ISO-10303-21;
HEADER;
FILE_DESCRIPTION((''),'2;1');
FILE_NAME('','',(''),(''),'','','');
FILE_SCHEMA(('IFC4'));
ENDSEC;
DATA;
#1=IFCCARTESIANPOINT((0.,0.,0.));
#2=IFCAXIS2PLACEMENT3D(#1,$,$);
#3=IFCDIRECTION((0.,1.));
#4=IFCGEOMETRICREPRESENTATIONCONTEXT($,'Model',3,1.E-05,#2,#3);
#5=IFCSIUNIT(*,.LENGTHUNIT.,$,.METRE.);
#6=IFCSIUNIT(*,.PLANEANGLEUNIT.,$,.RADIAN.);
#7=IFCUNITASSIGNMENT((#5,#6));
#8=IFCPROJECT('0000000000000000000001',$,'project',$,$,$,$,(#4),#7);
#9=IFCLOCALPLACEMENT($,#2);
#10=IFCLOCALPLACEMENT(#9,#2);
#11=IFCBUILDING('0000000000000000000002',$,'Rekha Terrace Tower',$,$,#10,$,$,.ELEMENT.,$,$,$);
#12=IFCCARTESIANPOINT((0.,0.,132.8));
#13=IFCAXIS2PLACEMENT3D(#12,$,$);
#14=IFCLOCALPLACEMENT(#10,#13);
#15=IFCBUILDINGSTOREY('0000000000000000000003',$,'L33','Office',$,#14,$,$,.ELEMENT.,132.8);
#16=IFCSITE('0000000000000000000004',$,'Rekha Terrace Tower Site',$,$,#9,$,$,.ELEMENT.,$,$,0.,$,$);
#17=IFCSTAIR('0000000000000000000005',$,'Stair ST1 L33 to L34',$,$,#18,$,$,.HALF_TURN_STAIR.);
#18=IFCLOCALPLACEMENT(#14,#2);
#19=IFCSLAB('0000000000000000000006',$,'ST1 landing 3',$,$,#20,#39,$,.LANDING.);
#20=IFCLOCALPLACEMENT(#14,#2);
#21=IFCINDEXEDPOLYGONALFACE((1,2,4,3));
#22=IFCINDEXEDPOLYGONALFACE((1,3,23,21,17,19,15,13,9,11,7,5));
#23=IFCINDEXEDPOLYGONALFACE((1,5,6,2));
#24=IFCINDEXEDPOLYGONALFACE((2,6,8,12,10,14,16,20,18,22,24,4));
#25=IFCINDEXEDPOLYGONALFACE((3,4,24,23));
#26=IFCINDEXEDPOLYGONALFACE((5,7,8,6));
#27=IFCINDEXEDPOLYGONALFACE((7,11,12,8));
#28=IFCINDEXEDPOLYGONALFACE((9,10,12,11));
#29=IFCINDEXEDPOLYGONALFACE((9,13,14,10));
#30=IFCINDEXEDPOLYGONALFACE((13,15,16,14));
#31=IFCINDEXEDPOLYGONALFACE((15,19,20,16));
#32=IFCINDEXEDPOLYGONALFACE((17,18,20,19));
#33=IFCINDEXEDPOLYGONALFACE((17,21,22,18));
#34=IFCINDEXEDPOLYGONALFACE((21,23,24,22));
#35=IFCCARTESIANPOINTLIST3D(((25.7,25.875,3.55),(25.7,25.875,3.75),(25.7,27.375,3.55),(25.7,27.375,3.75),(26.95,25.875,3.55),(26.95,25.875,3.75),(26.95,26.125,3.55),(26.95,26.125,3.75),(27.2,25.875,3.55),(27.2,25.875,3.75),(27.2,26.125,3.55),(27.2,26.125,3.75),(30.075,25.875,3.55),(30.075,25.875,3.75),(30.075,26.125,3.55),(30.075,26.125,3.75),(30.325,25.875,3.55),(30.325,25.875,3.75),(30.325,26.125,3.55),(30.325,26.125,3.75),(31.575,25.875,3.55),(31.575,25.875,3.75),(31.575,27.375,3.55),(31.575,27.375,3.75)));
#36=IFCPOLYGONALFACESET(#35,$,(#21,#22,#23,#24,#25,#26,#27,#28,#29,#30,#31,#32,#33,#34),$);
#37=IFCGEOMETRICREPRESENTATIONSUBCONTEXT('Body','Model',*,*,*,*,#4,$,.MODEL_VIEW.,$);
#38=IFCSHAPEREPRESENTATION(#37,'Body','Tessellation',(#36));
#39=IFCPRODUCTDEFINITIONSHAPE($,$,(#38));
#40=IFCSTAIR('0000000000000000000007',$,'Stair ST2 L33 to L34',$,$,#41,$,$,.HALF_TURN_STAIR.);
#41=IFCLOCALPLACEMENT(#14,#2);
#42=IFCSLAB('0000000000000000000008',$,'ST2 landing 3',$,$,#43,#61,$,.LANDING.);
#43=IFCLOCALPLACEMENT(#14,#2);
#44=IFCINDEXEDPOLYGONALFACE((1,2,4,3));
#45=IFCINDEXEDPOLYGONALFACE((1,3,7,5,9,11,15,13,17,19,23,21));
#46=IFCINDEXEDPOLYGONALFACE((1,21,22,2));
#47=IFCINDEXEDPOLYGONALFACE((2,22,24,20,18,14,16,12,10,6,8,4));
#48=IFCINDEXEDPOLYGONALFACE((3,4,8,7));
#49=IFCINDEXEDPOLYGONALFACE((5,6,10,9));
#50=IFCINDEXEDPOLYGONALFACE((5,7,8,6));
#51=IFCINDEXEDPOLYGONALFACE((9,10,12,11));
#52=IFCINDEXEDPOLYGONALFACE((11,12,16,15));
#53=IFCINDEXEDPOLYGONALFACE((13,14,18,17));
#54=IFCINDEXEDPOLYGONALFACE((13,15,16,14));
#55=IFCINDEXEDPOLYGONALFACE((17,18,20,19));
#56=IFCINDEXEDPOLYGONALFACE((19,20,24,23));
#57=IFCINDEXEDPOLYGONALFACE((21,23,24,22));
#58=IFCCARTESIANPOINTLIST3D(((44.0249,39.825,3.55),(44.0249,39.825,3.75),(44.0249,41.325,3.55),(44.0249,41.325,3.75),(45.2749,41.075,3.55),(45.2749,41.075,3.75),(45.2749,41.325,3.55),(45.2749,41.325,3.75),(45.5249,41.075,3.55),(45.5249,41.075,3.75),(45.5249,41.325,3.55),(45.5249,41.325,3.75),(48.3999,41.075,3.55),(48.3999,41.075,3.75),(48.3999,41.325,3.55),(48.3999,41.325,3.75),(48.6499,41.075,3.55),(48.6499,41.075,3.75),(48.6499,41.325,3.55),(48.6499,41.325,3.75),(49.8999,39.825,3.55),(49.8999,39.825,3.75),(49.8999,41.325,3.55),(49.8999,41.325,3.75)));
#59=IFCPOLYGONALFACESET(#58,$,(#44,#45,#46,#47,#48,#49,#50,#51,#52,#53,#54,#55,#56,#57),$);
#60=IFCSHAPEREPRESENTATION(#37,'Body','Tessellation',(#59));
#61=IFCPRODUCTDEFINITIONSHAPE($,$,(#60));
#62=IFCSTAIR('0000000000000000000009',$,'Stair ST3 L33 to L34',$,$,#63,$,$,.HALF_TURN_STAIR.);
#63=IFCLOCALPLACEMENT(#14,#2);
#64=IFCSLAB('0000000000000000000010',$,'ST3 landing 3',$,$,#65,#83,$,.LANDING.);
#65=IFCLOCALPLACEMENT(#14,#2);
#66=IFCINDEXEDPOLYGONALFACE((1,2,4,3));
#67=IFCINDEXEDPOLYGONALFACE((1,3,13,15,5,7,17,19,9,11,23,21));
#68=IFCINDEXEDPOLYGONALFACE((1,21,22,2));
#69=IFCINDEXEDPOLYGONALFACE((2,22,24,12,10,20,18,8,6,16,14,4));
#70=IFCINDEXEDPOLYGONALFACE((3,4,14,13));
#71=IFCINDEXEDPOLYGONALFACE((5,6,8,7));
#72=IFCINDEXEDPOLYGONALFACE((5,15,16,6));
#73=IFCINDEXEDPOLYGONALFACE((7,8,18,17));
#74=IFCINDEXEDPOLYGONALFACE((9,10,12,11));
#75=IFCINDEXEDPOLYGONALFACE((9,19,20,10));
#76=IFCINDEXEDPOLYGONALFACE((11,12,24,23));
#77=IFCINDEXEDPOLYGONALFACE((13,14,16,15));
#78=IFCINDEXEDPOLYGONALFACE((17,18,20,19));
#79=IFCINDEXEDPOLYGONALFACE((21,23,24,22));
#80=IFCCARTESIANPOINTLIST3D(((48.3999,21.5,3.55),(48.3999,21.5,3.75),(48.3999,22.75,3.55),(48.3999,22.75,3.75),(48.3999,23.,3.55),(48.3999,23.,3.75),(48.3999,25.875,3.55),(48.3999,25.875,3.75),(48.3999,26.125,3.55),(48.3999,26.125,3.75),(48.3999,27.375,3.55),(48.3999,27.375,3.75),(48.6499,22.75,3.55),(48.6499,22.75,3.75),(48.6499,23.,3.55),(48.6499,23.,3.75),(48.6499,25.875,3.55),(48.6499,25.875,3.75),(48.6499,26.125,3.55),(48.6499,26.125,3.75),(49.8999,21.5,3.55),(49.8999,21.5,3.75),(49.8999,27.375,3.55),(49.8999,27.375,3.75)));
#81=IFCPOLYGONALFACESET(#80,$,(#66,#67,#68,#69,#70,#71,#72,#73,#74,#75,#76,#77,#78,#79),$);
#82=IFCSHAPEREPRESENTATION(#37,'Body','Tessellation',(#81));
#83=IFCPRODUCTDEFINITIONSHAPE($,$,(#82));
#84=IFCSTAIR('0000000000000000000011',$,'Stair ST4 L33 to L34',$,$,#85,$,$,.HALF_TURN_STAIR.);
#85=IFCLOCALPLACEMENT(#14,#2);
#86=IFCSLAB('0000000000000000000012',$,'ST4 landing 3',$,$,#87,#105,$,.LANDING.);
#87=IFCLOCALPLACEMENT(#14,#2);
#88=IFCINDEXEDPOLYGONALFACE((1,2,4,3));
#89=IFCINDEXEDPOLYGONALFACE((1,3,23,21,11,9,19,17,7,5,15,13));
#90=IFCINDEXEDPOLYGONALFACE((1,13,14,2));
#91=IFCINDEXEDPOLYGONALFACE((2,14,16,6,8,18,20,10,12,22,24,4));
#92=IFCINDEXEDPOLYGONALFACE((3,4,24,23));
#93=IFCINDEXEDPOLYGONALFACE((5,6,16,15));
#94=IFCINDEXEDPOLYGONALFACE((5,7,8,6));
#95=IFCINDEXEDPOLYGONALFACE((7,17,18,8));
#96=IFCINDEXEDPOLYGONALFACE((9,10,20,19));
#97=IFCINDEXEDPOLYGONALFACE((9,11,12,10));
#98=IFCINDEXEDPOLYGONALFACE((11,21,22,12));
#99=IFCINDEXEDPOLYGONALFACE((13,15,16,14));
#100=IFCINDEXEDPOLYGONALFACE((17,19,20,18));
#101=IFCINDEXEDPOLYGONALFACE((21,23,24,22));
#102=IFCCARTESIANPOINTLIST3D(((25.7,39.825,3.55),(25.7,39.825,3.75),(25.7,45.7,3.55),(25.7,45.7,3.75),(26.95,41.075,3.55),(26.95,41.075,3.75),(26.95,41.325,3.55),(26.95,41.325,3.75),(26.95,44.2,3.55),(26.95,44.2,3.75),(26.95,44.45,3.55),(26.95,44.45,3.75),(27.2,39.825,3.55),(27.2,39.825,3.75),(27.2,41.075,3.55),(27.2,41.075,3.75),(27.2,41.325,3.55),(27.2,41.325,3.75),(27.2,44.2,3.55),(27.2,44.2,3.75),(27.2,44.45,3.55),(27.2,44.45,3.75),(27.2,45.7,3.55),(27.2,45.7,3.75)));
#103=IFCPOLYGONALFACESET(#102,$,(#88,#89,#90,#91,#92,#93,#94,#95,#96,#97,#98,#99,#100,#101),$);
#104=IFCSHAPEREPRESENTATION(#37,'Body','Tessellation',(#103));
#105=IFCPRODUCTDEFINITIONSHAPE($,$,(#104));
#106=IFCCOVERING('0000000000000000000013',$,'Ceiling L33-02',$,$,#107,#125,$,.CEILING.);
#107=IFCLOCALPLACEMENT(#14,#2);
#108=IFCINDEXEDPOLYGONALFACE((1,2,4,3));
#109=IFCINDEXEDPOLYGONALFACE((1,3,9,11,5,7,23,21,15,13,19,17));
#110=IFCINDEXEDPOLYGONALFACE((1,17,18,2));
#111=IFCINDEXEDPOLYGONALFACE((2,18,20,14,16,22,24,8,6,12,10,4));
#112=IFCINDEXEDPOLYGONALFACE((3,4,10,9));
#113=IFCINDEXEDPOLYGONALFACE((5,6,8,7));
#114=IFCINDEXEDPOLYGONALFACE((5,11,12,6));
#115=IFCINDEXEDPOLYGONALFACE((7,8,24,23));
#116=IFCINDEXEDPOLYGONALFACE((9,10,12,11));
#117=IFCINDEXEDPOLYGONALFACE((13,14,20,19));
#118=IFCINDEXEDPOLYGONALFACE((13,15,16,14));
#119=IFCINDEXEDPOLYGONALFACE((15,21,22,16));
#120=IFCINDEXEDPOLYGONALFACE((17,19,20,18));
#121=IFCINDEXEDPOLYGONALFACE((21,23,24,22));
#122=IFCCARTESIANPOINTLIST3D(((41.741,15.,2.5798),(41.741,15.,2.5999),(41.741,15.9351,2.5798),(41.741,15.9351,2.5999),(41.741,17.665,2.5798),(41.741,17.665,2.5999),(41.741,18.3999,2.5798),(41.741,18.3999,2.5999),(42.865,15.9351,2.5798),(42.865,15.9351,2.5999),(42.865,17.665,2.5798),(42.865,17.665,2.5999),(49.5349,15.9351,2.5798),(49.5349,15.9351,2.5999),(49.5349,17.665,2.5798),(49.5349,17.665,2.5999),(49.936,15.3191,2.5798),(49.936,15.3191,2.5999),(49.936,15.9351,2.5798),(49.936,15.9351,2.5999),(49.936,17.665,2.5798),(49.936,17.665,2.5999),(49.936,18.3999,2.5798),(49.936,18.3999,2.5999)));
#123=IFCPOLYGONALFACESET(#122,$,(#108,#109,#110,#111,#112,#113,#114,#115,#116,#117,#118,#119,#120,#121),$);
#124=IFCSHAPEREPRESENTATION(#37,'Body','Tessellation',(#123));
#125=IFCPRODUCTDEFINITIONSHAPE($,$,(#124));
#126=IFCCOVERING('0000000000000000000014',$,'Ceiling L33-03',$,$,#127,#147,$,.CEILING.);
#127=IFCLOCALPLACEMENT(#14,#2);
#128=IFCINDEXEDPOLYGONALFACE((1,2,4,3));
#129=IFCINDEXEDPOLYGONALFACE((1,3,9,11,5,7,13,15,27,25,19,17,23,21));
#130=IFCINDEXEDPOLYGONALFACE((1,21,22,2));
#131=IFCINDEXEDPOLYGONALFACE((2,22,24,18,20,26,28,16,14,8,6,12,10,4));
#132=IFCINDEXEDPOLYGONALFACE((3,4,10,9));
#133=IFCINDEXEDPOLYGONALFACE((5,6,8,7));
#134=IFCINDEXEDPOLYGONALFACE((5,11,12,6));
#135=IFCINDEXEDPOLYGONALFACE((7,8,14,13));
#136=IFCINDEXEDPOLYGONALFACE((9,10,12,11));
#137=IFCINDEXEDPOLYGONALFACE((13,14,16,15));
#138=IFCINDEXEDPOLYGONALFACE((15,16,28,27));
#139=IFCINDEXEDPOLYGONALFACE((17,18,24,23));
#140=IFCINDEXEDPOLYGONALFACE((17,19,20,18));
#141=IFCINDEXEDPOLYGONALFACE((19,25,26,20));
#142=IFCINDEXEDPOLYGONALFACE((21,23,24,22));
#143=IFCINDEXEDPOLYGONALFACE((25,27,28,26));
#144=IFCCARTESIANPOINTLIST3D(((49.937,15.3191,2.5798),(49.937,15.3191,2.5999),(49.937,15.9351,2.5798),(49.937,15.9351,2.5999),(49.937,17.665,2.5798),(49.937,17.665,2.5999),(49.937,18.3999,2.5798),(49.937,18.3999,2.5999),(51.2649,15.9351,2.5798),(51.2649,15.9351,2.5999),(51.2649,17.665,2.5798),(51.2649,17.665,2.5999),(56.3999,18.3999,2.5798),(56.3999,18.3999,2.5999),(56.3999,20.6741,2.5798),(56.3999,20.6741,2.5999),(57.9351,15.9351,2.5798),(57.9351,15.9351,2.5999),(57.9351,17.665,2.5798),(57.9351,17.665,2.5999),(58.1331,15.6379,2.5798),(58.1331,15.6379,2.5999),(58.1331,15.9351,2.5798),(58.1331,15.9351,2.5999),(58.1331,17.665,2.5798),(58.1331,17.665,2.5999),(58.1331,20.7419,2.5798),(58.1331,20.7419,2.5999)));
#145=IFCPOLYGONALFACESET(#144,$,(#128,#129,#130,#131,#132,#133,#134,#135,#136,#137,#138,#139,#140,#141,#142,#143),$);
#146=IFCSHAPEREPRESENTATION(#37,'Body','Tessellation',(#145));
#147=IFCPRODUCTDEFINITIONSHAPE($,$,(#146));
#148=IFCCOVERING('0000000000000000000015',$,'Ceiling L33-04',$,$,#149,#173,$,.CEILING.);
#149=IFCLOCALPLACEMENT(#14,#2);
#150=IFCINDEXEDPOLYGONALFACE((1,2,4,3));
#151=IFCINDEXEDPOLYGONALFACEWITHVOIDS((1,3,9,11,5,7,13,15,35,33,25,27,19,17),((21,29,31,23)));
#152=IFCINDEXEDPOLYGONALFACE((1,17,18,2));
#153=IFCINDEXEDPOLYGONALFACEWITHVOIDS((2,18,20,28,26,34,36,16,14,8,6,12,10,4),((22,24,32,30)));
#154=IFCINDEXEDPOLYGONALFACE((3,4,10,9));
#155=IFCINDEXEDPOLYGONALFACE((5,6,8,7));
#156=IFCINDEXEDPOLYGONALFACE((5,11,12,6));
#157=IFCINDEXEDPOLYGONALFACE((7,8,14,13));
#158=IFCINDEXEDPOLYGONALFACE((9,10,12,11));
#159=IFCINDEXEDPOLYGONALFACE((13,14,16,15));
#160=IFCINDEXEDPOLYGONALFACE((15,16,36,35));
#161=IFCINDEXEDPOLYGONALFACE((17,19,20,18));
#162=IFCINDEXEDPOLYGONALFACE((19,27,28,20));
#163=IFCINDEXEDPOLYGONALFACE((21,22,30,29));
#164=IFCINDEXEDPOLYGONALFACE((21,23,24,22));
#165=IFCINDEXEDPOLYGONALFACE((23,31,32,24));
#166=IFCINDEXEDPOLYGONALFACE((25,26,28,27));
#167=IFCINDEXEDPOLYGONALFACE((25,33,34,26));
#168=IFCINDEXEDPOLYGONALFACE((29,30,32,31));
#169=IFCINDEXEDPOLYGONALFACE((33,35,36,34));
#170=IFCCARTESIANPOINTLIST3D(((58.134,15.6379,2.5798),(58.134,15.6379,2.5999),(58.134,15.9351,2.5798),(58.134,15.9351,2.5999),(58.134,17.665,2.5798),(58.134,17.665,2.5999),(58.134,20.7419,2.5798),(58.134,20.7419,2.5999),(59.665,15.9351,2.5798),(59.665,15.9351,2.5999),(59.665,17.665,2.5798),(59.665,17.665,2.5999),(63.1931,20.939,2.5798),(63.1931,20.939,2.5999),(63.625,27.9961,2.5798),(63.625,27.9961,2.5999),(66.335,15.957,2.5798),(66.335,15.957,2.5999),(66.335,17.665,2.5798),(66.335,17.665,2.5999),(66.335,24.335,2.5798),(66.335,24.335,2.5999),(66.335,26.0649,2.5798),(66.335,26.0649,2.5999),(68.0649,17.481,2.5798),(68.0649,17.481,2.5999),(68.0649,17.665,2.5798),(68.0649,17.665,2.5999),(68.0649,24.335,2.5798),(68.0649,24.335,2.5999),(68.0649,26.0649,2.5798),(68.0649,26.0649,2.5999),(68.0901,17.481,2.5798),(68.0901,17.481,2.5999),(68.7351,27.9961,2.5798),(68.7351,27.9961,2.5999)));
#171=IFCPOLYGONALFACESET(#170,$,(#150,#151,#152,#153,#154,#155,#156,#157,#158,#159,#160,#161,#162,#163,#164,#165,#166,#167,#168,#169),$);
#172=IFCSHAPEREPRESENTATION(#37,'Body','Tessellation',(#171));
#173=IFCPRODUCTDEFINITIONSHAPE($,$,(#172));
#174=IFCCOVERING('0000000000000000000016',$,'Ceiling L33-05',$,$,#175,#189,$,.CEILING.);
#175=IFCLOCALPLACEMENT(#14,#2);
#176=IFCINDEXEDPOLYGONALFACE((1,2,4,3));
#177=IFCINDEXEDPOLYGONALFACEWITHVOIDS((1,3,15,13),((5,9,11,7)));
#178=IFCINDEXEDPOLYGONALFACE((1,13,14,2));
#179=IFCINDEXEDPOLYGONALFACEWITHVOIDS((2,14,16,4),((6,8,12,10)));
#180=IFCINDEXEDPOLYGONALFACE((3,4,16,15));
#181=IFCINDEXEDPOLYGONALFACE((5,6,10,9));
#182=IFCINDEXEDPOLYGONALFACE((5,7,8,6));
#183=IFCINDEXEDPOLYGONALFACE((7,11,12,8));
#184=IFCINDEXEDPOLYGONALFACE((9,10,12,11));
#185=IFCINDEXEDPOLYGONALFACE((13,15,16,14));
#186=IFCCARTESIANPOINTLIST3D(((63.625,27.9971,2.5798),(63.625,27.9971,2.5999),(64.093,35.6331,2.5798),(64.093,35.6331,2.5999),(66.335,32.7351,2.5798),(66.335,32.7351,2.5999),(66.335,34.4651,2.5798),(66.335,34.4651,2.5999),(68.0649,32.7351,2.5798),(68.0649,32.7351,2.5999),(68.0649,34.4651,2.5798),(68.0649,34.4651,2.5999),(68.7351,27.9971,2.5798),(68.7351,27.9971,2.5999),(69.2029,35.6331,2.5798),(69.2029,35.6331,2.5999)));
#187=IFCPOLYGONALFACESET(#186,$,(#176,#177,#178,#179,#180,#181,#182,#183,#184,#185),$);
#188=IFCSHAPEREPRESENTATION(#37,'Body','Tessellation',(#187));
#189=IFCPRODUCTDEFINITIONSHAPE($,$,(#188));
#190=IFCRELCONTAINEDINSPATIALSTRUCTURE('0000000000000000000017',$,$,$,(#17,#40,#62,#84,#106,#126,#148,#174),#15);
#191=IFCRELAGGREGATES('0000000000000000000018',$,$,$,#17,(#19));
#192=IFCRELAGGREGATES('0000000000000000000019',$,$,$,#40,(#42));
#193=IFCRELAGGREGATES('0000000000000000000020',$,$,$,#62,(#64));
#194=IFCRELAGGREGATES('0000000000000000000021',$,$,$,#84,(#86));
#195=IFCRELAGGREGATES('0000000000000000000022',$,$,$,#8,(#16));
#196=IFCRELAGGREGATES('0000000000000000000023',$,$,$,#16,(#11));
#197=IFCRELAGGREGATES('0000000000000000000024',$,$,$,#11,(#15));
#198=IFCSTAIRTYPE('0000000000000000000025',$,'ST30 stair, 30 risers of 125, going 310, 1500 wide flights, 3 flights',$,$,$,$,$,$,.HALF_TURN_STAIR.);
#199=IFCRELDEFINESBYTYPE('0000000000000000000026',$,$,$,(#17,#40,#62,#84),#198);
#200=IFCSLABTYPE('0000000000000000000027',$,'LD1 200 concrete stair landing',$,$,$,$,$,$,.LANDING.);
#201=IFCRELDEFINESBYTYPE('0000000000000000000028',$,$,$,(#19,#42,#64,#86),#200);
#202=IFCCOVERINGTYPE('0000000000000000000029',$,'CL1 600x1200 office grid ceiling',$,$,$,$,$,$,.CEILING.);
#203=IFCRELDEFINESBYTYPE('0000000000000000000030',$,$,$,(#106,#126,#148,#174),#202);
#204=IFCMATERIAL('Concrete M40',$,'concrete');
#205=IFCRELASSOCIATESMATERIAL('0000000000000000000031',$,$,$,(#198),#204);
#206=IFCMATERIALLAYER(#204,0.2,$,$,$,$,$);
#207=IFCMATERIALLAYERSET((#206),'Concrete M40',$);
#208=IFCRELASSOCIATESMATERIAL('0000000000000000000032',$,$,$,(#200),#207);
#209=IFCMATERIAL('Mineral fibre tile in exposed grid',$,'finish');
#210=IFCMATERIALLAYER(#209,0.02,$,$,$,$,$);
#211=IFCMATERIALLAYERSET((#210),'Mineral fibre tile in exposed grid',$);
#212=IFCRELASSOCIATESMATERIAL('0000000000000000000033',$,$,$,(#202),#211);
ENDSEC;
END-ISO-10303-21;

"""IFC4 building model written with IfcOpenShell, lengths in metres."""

from ifc_helpers import new_model, si_unit, direction, frame, origin, place, context, subcontext, project, spatial, polyline, outline, extrude, material, layer, layer_set, type_object, element, aggregate, save


model = new_model("IFC4")

# Units and contexts
model_context = context("Model", 3, precision=1e-05, world=origin(), true_north=direction((0.0, 1.0)))
body_context = subcontext(model_context, "Body", "Model", "MODEL_VIEW")
ifc_project = project(units=[si_unit("LENGTHUNIT", "METRE"), si_unit("PLANEANGLEUNIT", "RADIAN")], contexts=[model_context])

# Site, building, storey
site_placement = place(None, origin())
site = spatial("IfcSite", under=ifc_project, at=site_placement, Name="Rekha Terrace Tower Site", CompositionType="ELEMENT", RefElevation=0.0)
building_placement = place(site_placement, origin())
building = spatial("IfcBuilding", under=site, at=building_placement, Name="Rekha Terrace Tower", CompositionType="ELEMENT")
storey_placement = place(building_placement, frame((0.0, 0.0, 132.8)))
storey = spatial("IfcBuildingStorey", under=building, at=storey_placement, Name="L33", Description="Office", CompositionType="ELEMENT", Elevation=132.8)

# Stairs, slabs
ifc_material_1 = material(Name="Concrete M40", Category="concrete")
stair_type = type_object("IfcStairType", Name="ST30 stair, 30 risers of 125, going 310, 1500 wide flights, 3 flights", PredefinedType="HALF_TURN_STAIR", material=ifc_material_1)
stair_1_placement = place(storey_placement, origin())
stair_1 = element("IfcStair", 1, at=stair_1_placement, inside=storey, type_object=stair_type, Name="Stair ST1 L33 to L34", PredefinedType="HALF_TURN_STAIR")
ifc_layer_1 = layer(ifc_material_1, 0.2)
ifc_layer_set_1 = layer_set([ifc_layer_1], Name="Concrete M40")
slab_type = type_object("IfcSlabType", Name="LD1 200 concrete stair landing", PredefinedType="LANDING", material=ifc_layer_set_1)
slab_1_placement = place(storey_placement, frame((0.0, 0.0, 3.55)))
slab_1 = element("IfcSlab", 2, at=slab_1_placement, type_object=slab_type, Name="ST1 landing 3", PredefinedType="LANDING", context=body_context, shape_type="SweptSolid", body=[
    extrude(outline(polyline([(31.575, 25.875), (31.575, 27.375), (25.7, 27.375), (25.7, 25.875), (26.95, 25.875), (26.95, 26.125), (27.2, 26.125), (27.2, 25.875), (30.075, 25.875), (30.075, 26.125), (30.325, 26.125), (30.325, 25.875), (31.575, 25.875)])), origin(), (0.0, 0.0, 1.0), 0.2),
])
aggregate(stair_1, [slab_1])
stair_2_placement = place(storey_placement, origin())
stair_2 = element("IfcStair", 3, at=stair_2_placement, inside=storey, type_object=stair_type, Name="Stair ST2 L33 to L34", PredefinedType="HALF_TURN_STAIR")
slab_2_placement = place(storey_placement, frame((0.0, 0.0, 3.55)))
slab_2 = element("IfcSlab", 4, at=slab_2_placement, type_object=slab_type, Name="ST2 landing 3", PredefinedType="LANDING", context=body_context, shape_type="SweptSolid", body=[
    extrude(outline(polyline([(44.0249, 41.325), (44.0249, 39.825), (49.8999, 39.825), (49.8999, 41.325), (48.6499, 41.325), (48.6499, 41.075), (48.3999, 41.075), (48.3999, 41.325), (45.5249, 41.325), (45.5249, 41.075), (45.2749, 41.075), (45.2749, 41.325), (44.0249, 41.325)])), origin(), (0.0, 0.0, 1.0), 0.2),
])
aggregate(stair_2, [slab_2])
stair_3_placement = place(storey_placement, origin())
stair_3 = element("IfcStair", 5, at=stair_3_placement, inside=storey, type_object=stair_type, Name="Stair ST3 L33 to L34", PredefinedType="HALF_TURN_STAIR")
slab_3_placement = place(storey_placement, frame((0.0, 0.0, 3.55)))
slab_3 = element("IfcSlab", 6, at=slab_3_placement, type_object=slab_type, Name="ST3 landing 3", PredefinedType="LANDING", context=body_context, shape_type="SweptSolid", body=[
    extrude(outline(polyline([(48.3999, 21.5), (49.8999, 21.5), (49.8999, 27.375), (48.3999, 27.375), (48.3999, 26.125), (48.6499, 26.125), (48.6499, 25.875), (48.3999, 25.875), (48.3999, 23.0), (48.6499, 23.0), (48.6499, 22.75), (48.3999, 22.75), (48.3999, 21.5)])), origin(), (0.0, 0.0, 1.0), 0.2),
])
aggregate(stair_3, [slab_3])
stair_4_placement = place(storey_placement, origin())
stair_4 = element("IfcStair", 7, at=stair_4_placement, inside=storey, type_object=stair_type, Name="Stair ST4 L33 to L34", PredefinedType="HALF_TURN_STAIR")
slab_4_placement = place(storey_placement, frame((0.0, 0.0, 3.55)))
slab_4 = element("IfcSlab", 8, at=slab_4_placement, type_object=slab_type, Name="ST4 landing 3", PredefinedType="LANDING", context=body_context, shape_type="SweptSolid", body=[
    extrude(outline(polyline([(27.2, 39.825), (25.7, 39.825), (25.7, 45.7), (27.2, 45.7), (27.2, 44.45), (26.95, 44.45), (26.95, 44.2), (27.2, 44.2), (27.2, 41.325), (26.95, 41.325), (26.95, 41.075), (27.2, 41.075), (27.2, 39.825)])), origin(), (0.0, 0.0, 1.0), 0.2),
])
aggregate(stair_4, [slab_4])

# Coverings
ifc_material_2 = material(Name="Mineral fibre tile in exposed grid", Category="finish")
ifc_layer_2 = layer(ifc_material_2, 0.02)
ifc_layer_set_2 = layer_set([ifc_layer_2], Name="Mineral fibre tile in exposed grid")
covering_type_1 = type_object("IfcCoveringType", Name="CL1 600x1200 office grid ceiling", PredefinedType="CEILING", material=ifc_layer_set_2)
covering_1_placement = place(storey_placement, frame((0.0, 0.0, 2.5798)))
element("IfcCovering", 9, at=covering_1_placement, inside=storey, type_object=covering_type_1, Name="Ceiling L33-02", PredefinedType="CEILING", context=body_context, shape_type="SweptSolid", body=[
    extrude(outline(polyline([(49.936, 17.665), (49.936, 18.3999), (41.741, 18.3999), (41.741, 17.665), (42.865, 17.665), (42.865, 15.9351), (41.741, 15.9351), (41.741, 15.0), (49.936, 15.3191), (49.936, 15.9351), (49.5349, 15.9351), (49.5349, 17.665), (49.936, 17.665)])), origin(), (0.0, 0.0, 1.0), 0.02),
])
covering_2_placement = place(storey_placement, frame((0.0, 0.0, 2.5798)))
element("IfcCovering", 10, at=covering_2_placement, inside=storey, type_object=covering_type_1, Name="Ceiling L33-03", PredefinedType="CEILING", context=body_context, shape_type="SweptSolid", body=[
    extrude(outline(polyline([(56.3999, 20.6741), (56.3999, 18.3999), (49.937, 18.3999), (49.937, 17.665), (51.2649, 17.665), (51.2649, 15.9351), (49.937, 15.9351), (49.937, 15.3191), (58.1331, 15.6379), (58.1331, 15.9351), (57.9351, 15.9351), (57.9351, 17.665), (58.1331, 17.665), (58.1331, 20.7419), (56.3999, 20.6741)])), origin(), (0.0, 0.0, 1.0), 0.02),
])
covering_3_placement = place(storey_placement, frame((0.0, 0.0, 2.5798)))
element("IfcCovering", 11, at=covering_3_placement, inside=storey, type_object=covering_type_1, Name="Ceiling L33-04", PredefinedType="CEILING", context=body_context, shape_type="SweptSolid", body=[
    extrude(outline(polyline([(63.625, 27.9961), (63.1931, 20.939), (58.134, 20.7419), (58.134, 17.665), (59.665, 17.665), (59.665, 15.9351), (58.134, 15.9351), (58.134, 15.6379), (66.335, 15.957), (66.335, 17.665), (68.0649, 17.665), (68.0649, 17.481), (68.0901, 17.481), (68.7351, 27.9961), (63.625, 27.9961)]), holes=[polyline([(68.0649, 24.335), (66.335, 24.335), (66.335, 26.0649), (68.0649, 26.0649), (68.0649, 24.335)])]), origin(), (0.0, 0.0, 1.0), 0.02),
])
covering_4_placement = place(storey_placement, frame((0.0, 0.0, 2.5798)))
element("IfcCovering", 12, at=covering_4_placement, inside=storey, type_object=covering_type_1, Name="Ceiling L33-05", PredefinedType="CEILING", context=body_context, shape_type="SweptSolid", body=[
    extrude(outline(polyline([(63.625, 27.9971), (68.7351, 27.9971), (69.2029, 35.6331), (64.093, 35.6331), (63.625, 27.9971)]), holes=[polyline([(68.0649, 34.4651), (68.0649, 32.7351), (66.335, 32.7351), (66.335, 34.4651), (68.0649, 34.4651)])]), origin(), (0.0, 0.0, 1.0), 0.02),
])

save(model, "model.ifc")
